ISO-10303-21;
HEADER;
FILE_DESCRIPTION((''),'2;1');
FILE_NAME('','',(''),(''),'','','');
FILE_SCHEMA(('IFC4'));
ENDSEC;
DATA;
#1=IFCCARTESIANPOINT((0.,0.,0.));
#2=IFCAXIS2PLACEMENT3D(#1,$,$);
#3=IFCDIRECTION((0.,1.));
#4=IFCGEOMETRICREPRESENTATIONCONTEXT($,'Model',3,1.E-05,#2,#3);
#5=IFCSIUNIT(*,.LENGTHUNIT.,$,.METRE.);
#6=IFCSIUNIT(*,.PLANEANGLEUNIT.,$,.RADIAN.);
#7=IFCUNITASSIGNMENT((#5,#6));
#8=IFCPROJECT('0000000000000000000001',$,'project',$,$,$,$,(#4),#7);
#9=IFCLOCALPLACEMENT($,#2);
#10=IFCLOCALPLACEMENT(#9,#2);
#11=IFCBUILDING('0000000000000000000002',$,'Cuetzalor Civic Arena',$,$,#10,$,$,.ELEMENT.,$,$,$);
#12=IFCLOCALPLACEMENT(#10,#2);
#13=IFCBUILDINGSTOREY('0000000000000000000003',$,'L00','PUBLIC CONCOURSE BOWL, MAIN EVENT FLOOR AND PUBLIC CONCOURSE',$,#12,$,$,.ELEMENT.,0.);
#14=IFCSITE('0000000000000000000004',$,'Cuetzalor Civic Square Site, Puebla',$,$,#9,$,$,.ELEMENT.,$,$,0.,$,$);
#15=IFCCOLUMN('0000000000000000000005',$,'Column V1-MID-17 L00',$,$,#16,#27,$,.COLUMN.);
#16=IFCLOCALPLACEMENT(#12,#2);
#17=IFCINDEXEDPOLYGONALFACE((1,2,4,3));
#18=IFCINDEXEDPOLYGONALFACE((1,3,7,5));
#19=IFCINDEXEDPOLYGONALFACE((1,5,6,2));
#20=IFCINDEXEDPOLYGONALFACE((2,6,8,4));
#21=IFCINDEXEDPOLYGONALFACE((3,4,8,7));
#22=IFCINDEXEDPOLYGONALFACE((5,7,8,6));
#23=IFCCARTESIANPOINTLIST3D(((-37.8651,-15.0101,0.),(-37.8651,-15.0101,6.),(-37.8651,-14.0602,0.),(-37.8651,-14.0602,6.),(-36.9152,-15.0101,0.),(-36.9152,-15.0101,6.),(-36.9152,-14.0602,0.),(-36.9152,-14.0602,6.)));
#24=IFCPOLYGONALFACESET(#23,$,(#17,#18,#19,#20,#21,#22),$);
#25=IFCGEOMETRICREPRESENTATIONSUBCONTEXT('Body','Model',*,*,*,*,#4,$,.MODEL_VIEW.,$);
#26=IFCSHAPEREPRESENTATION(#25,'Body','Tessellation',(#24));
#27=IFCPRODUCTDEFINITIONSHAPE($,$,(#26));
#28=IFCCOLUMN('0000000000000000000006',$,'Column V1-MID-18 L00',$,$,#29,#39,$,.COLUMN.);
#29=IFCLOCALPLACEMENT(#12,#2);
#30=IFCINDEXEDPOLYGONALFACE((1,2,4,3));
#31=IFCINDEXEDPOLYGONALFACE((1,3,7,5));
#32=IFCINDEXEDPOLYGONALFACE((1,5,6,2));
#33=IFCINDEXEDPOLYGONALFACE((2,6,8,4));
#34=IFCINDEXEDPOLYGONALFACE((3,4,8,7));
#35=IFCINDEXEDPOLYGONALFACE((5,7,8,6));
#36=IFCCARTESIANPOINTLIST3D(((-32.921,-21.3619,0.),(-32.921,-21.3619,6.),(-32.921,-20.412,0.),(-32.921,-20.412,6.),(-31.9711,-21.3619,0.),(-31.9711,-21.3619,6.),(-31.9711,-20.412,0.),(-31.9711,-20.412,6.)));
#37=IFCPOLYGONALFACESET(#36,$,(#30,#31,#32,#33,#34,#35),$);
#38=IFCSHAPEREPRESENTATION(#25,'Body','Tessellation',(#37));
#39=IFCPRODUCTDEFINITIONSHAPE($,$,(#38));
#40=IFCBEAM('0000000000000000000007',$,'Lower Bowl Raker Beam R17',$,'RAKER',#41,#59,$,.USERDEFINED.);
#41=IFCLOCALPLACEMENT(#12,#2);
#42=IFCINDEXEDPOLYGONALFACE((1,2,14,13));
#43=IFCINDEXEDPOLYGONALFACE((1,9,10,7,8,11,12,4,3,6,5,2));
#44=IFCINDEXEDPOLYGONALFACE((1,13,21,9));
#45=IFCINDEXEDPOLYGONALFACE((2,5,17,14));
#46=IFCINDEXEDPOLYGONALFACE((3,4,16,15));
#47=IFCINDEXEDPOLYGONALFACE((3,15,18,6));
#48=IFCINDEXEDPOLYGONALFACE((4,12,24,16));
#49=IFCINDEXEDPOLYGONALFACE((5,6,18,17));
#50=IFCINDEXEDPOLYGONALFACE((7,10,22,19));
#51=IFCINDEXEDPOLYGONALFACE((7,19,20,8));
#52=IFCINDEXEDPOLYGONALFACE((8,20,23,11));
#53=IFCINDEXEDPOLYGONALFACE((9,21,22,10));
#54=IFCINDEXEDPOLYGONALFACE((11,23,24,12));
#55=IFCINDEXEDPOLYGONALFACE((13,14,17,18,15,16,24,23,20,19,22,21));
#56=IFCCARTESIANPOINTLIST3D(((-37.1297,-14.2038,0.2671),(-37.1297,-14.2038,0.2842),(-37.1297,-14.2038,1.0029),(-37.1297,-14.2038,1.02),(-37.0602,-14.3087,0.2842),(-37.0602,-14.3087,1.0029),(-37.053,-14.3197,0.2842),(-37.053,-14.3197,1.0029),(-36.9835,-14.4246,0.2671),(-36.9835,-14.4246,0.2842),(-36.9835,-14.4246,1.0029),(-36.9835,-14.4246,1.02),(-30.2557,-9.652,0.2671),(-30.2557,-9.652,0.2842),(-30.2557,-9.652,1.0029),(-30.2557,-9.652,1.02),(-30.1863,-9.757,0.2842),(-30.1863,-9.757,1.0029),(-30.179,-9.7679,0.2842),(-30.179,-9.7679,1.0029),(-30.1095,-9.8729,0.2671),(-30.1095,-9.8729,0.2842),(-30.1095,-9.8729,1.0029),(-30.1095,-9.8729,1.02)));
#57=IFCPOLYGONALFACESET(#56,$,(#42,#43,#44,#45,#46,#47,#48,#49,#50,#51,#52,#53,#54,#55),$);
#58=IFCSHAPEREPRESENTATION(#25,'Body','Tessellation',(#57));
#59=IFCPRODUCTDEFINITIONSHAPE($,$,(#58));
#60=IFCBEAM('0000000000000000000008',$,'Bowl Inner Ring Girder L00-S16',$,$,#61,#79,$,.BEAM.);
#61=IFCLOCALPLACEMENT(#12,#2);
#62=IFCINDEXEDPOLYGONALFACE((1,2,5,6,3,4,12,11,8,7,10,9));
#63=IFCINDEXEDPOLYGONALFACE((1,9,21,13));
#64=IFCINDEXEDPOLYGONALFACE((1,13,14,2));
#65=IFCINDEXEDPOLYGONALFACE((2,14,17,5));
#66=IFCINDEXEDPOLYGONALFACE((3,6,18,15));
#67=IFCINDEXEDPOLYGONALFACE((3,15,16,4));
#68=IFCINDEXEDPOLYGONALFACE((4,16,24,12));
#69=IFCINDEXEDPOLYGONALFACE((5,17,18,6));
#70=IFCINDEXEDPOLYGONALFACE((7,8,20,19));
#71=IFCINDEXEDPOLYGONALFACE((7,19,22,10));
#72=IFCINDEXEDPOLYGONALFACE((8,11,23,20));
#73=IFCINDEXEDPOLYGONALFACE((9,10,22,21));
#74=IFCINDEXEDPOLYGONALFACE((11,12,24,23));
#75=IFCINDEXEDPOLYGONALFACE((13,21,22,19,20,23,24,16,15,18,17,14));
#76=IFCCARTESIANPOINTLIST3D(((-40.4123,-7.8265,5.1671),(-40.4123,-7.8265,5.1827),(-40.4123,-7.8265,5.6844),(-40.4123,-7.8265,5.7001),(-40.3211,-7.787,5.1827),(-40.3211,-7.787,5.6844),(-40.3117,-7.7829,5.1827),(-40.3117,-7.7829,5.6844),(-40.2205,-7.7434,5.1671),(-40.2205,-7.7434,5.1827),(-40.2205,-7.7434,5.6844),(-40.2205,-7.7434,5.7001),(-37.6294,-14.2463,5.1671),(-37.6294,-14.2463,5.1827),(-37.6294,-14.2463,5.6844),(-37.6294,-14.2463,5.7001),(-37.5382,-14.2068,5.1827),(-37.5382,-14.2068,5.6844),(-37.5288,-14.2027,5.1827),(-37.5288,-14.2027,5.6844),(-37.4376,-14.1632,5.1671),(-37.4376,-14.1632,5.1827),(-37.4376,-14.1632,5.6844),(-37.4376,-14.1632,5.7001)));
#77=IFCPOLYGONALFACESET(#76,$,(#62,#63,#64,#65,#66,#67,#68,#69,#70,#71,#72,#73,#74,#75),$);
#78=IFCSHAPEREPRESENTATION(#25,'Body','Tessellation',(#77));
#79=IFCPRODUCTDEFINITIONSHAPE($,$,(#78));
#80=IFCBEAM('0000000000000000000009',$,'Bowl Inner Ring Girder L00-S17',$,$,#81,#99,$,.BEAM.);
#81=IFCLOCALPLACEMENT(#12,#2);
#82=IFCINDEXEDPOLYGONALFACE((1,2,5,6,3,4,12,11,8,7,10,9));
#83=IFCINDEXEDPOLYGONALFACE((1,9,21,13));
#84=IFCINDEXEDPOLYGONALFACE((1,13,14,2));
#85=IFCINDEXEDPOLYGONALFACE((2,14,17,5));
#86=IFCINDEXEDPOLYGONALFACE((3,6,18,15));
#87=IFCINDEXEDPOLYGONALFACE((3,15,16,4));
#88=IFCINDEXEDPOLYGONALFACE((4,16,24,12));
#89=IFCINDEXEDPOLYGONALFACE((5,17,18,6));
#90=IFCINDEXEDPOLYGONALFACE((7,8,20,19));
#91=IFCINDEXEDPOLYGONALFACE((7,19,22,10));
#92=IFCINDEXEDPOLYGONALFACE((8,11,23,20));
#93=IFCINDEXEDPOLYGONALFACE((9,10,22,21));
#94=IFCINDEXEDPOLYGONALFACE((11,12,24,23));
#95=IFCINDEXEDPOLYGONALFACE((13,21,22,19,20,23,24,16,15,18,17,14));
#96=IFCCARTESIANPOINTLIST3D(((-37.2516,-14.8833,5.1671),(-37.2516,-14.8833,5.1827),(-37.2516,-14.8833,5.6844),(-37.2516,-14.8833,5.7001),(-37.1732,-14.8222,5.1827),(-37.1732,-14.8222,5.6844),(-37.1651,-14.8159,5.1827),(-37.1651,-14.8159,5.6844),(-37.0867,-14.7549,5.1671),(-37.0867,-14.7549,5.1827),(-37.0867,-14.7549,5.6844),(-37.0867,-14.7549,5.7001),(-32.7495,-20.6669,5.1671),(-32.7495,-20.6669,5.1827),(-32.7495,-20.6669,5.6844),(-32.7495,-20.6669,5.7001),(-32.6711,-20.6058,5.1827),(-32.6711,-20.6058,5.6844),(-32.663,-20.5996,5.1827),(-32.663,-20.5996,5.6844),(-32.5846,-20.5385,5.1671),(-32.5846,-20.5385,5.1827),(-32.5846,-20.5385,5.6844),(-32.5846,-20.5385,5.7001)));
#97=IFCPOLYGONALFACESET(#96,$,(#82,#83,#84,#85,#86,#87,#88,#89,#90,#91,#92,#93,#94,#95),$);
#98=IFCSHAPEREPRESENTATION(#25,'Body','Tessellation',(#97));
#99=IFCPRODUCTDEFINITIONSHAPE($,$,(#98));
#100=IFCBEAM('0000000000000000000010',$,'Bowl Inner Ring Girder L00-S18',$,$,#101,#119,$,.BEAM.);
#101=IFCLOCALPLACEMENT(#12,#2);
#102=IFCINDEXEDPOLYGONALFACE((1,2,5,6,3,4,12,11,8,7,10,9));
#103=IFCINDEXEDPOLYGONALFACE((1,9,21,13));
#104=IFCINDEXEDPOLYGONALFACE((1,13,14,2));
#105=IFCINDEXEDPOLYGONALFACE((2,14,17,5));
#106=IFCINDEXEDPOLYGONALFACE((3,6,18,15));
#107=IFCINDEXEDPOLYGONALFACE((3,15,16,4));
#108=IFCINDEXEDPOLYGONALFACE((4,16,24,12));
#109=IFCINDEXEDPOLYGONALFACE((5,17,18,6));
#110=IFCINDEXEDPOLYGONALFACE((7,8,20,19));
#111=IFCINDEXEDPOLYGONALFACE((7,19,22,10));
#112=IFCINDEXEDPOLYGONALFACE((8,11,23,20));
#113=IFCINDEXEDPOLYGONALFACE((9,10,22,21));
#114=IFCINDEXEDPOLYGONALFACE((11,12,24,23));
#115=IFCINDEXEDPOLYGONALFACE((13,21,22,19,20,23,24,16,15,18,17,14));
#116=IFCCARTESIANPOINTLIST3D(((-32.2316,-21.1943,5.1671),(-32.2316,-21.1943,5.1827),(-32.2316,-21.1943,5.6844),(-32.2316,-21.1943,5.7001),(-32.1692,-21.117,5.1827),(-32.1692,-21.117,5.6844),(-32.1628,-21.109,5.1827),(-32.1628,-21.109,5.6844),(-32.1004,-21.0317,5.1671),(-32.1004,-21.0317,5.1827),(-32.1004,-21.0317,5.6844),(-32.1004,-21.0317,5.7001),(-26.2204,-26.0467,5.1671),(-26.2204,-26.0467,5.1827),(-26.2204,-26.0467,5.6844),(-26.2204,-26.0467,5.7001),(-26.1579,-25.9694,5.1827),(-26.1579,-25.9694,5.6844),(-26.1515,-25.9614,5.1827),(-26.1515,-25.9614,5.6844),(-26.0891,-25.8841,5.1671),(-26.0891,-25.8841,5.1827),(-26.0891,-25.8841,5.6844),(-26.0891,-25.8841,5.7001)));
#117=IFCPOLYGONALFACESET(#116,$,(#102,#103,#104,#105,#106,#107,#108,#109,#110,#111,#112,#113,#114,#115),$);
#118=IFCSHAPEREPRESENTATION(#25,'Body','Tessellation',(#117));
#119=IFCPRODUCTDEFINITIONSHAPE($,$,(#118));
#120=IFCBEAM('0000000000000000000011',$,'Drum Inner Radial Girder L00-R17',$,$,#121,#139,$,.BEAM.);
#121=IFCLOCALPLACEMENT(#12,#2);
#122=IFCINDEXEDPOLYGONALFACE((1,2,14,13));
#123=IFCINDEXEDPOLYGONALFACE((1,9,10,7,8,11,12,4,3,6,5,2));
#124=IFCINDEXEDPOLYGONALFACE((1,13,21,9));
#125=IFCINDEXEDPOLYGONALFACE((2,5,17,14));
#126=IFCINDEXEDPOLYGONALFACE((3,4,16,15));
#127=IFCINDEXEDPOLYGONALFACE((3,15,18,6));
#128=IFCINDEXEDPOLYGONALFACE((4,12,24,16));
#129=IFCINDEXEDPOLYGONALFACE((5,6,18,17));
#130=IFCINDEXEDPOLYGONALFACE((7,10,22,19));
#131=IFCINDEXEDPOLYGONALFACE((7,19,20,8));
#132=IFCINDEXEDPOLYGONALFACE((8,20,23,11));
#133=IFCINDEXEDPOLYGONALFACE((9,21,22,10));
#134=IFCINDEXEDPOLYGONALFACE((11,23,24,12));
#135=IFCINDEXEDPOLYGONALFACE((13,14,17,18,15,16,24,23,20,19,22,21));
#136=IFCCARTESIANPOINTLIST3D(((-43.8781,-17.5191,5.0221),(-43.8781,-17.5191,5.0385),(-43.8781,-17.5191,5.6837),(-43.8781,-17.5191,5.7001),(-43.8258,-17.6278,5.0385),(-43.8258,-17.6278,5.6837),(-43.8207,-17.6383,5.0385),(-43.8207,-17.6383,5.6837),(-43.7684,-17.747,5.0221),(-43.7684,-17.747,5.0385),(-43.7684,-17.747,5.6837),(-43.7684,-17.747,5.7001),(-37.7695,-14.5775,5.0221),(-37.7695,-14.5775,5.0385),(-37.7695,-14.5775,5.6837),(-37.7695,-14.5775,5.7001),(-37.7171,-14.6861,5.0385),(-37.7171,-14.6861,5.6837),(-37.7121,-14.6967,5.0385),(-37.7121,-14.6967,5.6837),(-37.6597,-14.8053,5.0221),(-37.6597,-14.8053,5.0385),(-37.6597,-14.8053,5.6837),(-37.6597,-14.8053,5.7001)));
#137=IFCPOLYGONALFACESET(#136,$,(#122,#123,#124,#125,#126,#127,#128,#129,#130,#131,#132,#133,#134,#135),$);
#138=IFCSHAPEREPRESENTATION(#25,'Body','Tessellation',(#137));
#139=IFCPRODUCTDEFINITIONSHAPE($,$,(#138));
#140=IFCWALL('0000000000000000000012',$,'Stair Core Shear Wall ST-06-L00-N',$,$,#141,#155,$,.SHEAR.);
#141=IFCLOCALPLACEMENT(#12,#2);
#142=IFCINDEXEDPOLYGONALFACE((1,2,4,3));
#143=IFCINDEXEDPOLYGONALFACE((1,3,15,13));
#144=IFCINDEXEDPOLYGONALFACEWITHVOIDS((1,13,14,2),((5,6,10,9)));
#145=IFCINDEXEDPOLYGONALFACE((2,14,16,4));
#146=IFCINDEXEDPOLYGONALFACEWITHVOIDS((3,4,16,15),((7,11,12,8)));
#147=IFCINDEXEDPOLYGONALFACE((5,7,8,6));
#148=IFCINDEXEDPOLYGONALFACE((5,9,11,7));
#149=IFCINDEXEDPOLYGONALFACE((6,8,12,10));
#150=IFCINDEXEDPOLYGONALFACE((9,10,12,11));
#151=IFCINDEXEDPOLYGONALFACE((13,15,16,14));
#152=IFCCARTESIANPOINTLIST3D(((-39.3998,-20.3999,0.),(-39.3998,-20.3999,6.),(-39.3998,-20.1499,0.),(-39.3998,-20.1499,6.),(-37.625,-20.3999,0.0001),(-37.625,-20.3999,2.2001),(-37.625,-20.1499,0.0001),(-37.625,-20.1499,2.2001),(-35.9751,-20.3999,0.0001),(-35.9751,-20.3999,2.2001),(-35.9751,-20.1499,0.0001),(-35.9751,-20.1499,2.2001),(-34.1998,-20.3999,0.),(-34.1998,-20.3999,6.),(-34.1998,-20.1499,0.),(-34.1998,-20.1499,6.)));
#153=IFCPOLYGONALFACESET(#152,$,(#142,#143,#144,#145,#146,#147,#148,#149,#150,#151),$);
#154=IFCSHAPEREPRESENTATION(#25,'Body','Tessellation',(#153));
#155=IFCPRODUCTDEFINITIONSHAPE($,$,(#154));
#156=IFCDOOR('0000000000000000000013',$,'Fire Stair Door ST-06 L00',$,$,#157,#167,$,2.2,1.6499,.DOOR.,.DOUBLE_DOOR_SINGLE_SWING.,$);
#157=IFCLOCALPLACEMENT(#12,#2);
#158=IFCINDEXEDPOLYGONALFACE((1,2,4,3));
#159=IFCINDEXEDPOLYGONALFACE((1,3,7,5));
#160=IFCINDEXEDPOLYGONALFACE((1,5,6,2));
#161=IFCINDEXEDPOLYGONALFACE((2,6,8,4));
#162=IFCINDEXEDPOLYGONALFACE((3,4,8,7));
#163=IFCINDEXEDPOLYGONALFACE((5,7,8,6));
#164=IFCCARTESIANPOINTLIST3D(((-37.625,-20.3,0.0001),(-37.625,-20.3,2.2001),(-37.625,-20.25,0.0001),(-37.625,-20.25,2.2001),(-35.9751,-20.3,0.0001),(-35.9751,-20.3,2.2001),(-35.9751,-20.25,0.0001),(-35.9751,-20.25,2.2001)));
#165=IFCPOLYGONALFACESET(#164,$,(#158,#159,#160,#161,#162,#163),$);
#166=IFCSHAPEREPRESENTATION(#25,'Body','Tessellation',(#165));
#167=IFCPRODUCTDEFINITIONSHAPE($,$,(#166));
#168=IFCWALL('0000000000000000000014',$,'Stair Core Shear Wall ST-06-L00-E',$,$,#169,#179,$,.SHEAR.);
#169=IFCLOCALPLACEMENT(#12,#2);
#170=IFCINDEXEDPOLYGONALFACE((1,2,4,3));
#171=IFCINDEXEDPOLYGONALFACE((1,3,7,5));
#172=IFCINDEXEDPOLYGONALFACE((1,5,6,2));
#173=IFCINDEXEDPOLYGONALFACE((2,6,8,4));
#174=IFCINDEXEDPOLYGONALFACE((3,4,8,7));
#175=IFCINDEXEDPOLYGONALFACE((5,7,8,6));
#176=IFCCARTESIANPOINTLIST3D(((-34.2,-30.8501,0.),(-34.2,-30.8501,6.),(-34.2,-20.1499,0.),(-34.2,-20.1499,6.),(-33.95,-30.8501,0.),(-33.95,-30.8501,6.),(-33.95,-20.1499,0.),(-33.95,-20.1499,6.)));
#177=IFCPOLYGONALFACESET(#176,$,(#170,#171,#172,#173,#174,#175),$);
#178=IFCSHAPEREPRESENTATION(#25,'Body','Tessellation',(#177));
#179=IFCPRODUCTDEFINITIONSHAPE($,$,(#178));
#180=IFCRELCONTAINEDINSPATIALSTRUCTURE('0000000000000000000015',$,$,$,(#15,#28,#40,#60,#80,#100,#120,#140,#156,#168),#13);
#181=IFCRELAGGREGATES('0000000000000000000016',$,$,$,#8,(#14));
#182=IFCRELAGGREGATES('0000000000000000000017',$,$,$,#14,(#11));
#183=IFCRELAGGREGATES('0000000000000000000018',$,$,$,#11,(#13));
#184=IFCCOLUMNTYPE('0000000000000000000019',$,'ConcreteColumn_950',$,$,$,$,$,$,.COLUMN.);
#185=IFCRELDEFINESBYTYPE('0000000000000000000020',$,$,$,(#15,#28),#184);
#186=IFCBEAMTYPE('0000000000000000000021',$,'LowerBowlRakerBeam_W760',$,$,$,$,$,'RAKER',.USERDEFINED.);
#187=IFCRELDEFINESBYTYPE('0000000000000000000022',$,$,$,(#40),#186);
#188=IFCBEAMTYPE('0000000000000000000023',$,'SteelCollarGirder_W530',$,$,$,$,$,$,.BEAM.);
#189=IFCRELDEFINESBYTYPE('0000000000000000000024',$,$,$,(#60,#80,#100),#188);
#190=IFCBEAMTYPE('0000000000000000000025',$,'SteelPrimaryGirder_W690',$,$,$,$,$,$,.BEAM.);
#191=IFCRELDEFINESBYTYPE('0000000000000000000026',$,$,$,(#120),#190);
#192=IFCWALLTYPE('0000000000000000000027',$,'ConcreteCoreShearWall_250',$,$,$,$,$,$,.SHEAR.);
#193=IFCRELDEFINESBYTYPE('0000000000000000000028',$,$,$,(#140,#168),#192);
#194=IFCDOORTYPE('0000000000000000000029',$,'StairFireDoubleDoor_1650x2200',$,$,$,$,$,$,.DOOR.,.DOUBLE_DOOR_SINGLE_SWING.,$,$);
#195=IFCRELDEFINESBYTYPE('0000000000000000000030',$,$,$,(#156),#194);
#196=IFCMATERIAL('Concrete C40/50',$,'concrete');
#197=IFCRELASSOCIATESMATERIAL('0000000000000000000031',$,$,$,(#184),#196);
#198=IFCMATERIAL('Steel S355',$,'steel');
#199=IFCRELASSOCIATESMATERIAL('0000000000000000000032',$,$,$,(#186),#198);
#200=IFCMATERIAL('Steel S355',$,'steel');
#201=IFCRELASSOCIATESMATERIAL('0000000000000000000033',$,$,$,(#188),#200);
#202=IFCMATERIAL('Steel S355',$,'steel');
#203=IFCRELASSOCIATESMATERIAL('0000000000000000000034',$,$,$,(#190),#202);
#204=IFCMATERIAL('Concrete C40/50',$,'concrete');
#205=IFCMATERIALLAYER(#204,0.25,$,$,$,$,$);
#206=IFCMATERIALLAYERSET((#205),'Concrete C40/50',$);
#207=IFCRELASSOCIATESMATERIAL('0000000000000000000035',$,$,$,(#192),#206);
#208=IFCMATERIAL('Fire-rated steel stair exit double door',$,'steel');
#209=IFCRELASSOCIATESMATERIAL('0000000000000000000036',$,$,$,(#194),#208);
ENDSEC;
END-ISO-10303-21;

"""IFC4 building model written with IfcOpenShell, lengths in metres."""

from ifc_helpers import new_model, si_unit, direction, frame, frame_2d, origin, origin_2d, place, context, subcontext, project, spatial, rectangle, i_section, extrude, material, layer, layer_set, material_profile, profile_set, type_object, element, fill, save


model = new_model("IFC4")

# Units and contexts
model_context = context("Model", 3, precision=1e-05, world=origin(), true_north=direction((0.0, 1.0)))
body_context = subcontext(model_context, "Body", "Model", "MODEL_VIEW")
ifc_project = project(units=[si_unit("LENGTHUNIT", "METRE"), si_unit("PLANEANGLEUNIT", "RADIAN")], contexts=[model_context])

# Site, building, storey
site_placement = place(None, origin())
site = spatial("IfcSite", under=ifc_project, at=site_placement, Name="Cuetzalor Civic Square Site, Puebla", CompositionType="ELEMENT", RefElevation=0.0)
building_placement = place(site_placement, origin())
building = spatial("IfcBuilding", under=site, at=building_placement, Name="Cuetzalor Civic Arena", CompositionType="ELEMENT")
storey_placement = place(building_placement, origin())
storey = spatial("IfcBuildingStorey", under=building, at=storey_placement, Name="L00", Description="PUBLIC CONCOURSE BOWL, MAIN EVENT FLOOR AND PUBLIC CONCOURSE", CompositionType="ELEMENT", Elevation=0.0)

# Columns
ifc_material_1 = material(Name="Concrete C40/50", Category="concrete")
ifc_material_profile_1 = material_profile(ifc_material_1, rectangle(XDim=0.95, YDim=0.95, at=origin_2d()), Name="RC 950x950")
ifc_profile_set_1 = profile_set([ifc_material_profile_1], Name="Concrete C40/50")
column_type_1 = type_object("IfcColumnType", Name="ConcreteColumn_950", PredefinedType="COLUMN", material=ifc_profile_set_1)
for number, where, z_axis, x_axis, name in (
    (1, (-37.3901, -14.5352, 0.0), (0.0, 0.0, 1.0), (1.0, 0.0, 0.0), "Column V1-MID-17 L00"),
    (2, (-32.446, -20.887, 0.0), (0.0, 0.0, 1.0), (1.0, 0.0, 0.0), "Column V1-MID-18 L00"),
):
    element("IfcColumn", number, at=place(storey_placement, frame(where, z_axis=z_axis, x_axis=x_axis)), inside=storey, type_object=column_type_1, Name=name, PredefinedType="COLUMN", context=body_context, shape_type="SweptSolid", body=[
        extrude(rectangle(XDim=0.95, YDim=0.95, at=origin_2d()), origin(), (0.0, 0.0, 1.0), 6.0),
    ])

# Beams
ifc_material_2 = material(Name="Steel S355", Category="steel")
ifc_material_profile_2 = material_profile(ifc_material_2, i_section(OverallWidth=0.2649, OverallDepth=0.7529, WebThickness=0.0132, FlangeThickness=0.0171, at=origin_2d()), Name="W760x147")
ifc_profile_set_2 = profile_set([ifc_material_profile_2], Name="Steel S355")
beam_type_1 = type_object("IfcBeamType", Name="LowerBowlRakerBeam_W760", ElementType="RAKER", PredefinedType="USERDEFINED", material=ifc_profile_set_2)
beam_1_placement = place(storey_placement, frame((-30.1826, -9.7625, 0.6436), z_axis=(-0.833777, -0.552101, 0.0), x_axis=(0.552101, -0.833777, 0.0)))
element("IfcBeam", 3, at=beam_1_placement, inside=storey, type_object=beam_type_1, Name="Lower Bowl Raker Beam R17", ObjectType="RAKER", PredefinedType="USERDEFINED", context=body_context, shape_type="SweptSolid", body=[
    extrude(i_section(OverallWidth=0.2649, OverallDepth=0.7529, WebThickness=0.0132, FlangeThickness=0.0171, at=origin_2d()), origin(), (0.0, 0.0, 1.0), 8.2444),
])
ifc_material_3 = material(Name="Steel S355", Category="steel")
ifc_material_profile_3 = material_profile(ifc_material_3, i_section(OverallWidth=0.209, OverallDepth=0.533, WebThickness=0.0103, FlangeThickness=0.0156, at=origin_2d()), Name="W530x92")
ifc_profile_set_3 = profile_set([ifc_material_profile_3], Name="Steel S355")
beam_type_2 = type_object("IfcBeamType", Name="SteelCollarGirder_W530", PredefinedType="BEAM", material=ifc_profile_set_3)
beam_2_placement = place(storey_placement, frame((-40.3164, -7.7849, 5.4336), z_axis=(0.397727, -0.917504, 0.0), x_axis=(0.917504, 0.397727, 0.0)))
element("IfcBeam", 4, at=beam_2_placement, inside=storey, type_object=beam_type_2, Name="Bowl Inner Ring Girder L00-S16", PredefinedType="BEAM", context=body_context, shape_type="SweptSolid", body=[
    extrude(i_section(OverallWidth=0.209, OverallDepth=0.533, WebThickness=0.0103, FlangeThickness=0.0156, at=origin_2d()), origin(), (0.0, 0.0, 1.0), 6.9971),
])
beam_3_placement = place(storey_placement, frame((-37.1692, -14.8191, 5.4336), z_axis=(0.614261, -0.789103, 0.0), x_axis=(0.789103, 0.614261, 0.0)))
element("IfcBeam", 5, at=beam_3_placement, inside=storey, type_object=beam_type_2, Name="Bowl Inner Ring Girder L00-S17", PredefinedType="BEAM", context=body_context, shape_type="SweptSolid", body=[
    extrude(i_section(OverallWidth=0.209, OverallDepth=0.533, WebThickness=0.0103, FlangeThickness=0.0156, at=origin_2d()), origin(), (0.0, 0.0, 1.0), 7.3293),
])
beam_4_placement = place(storey_placement, frame((-32.166, -21.113, 5.4336), z_axis=(0.778127, -0.628108, 0.0), x_axis=(0.628108, 0.778127, 0.0)))
element("IfcBeam", 6, at=beam_4_placement, inside=storey, type_object=beam_type_2, Name="Bowl Inner Ring Girder L00-S18", PredefinedType="BEAM", context=body_context, shape_type="SweptSolid", body=[
    extrude(i_section(OverallWidth=0.209, OverallDepth=0.533, WebThickness=0.0103, FlangeThickness=0.0156, at=origin_2d()), origin(), (0.0, 0.0, 1.0), 7.7253),
])
ifc_material_4 = material(Name="Steel S355", Category="steel")
ifc_material_profile_4 = material_profile(ifc_material_4, i_section(OverallWidth=0.2529, OverallDepth=0.678, WebThickness=0.0117, FlangeThickness=0.0164, at=origin_2d()), Name="W690x125")
ifc_profile_set_4 = profile_set([ifc_material_profile_4], Name="Steel S355")
beam_type_3 = type_object("IfcBeamType", Name="SteelPrimaryGirder_W690", PredefinedType="BEAM", material=ifc_profile_set_4)
beam_5_placement = place(storey_placement, frame((-37.7146, -14.6914, 5.3611), z_axis=(-0.900976, -0.43387, 0.0), x_axis=(0.43387, -0.900976, 0.0)))
element("IfcBeam", 7, at=beam_5_placement, inside=storey, type_object=beam_type_3, Name="Drum Inner Radial Girder L00-R17", PredefinedType="BEAM", context=body_context, shape_type="SweptSolid", body=[
    extrude(i_section(OverallWidth=0.2529, OverallDepth=0.678, WebThickness=0.0117, FlangeThickness=0.0164, at=origin_2d()), origin(), (0.0, 0.0, 1.0), 6.78),
])

# Wall, opening, door
ifc_material_5 = material(Name="Concrete C40/50", Category="concrete")
ifc_layer_1 = layer(ifc_material_5, 0.25)
ifc_layer_set_1 = layer_set([ifc_layer_1], Name="Concrete C40/50")
wall_type_1 = type_object("IfcWallType", Name="ConcreteCoreShearWall_250", PredefinedType="SHEAR", material=ifc_layer_set_1)
wall_1_placement = place(storey_placement, frame((-39.3999, -20.2749, 0.0), z_axis=(0.0, 0.0, 1.0), x_axis=(1.0, 0.0, 0.0)))
wall_1 = element("IfcWall", 8, at=wall_1_placement, inside=storey, type_object=wall_type_1, Name="Stair Core Shear Wall ST-06-L00-N", PredefinedType="SHEAR", context=body_context, shape_type="SweptSolid", body=[
    extrude(rectangle(XDim=5.2, YDim=0.25, at=frame_2d((2.6001, 0.0))), origin(), (0.0, 0.0, 1.0), 6.0),
])
opening_placement = place(wall_1_placement, frame((1.7749, 0.0, 0.0)))
opening = element("IfcOpeningElement", 9, at=opening_placement, cuts=wall_1, PredefinedType="OPENING", context=body_context, shape_type="SweptSolid", body=[
    extrude(rectangle(XDim=1.6499, YDim=2.2, at=frame_2d((0.825, 1.1001))), frame((0.0, 0.135, 0.0), z_axis=(0.0, -1.0, 0.0), x_axis=(1.0, 0.0, 0.0)), (0.0, 0.0, 1.0), 0.27),
])
ifc_material_6 = material(Name="Fire-rated steel stair exit double door", Category="steel")
door_type = type_object("IfcDoorType", Name="StairFireDoubleDoor_1650x2200", OperationType="DOUBLE_DOOR_SINGLE_SWING", PredefinedType="DOOR", material=ifc_material_6)
door_placement = place(opening_placement, origin())
door = element("IfcDoor", 10, at=door_placement, inside=storey, type_object=door_type, Name="Fire Stair Door ST-06 L00", OperationType="DOUBLE_DOOR_SINGLE_SWING", OverallHeight=2.2, OverallWidth=1.6499, PredefinedType="DOOR", context=body_context, shape_type="SweptSolid", body=[
    extrude(rectangle(XDim=1.6499, YDim=2.2, at=frame_2d((0.825, 1.1001))), frame((0.0, 0.0249, 0.0), z_axis=(0.0, -1.0, 0.0), x_axis=(1.0, 0.0, 0.0)), (0.0, 0.0, 1.0), 0.05),
])
fill(opening, door)

# Wall
wall_2_placement = place(storey_placement, frame((-34.075, -20.1499, 0.0), z_axis=(0.0, 0.0, 1.0), x_axis=(0.0, -1.0, 0.0)))
element("IfcWall", 11, at=wall_2_placement, inside=storey, type_object=wall_type_1, Name="Stair Core Shear Wall ST-06-L00-E", PredefinedType="SHEAR", context=body_context, shape_type="SweptSolid", body=[
    extrude(rectangle(XDim=10.7002, YDim=0.25, at=frame_2d((5.3501, 0.0))), origin(), (0.0, 0.0, 1.0), 6.0),
])

save(model, "model.ifc")
